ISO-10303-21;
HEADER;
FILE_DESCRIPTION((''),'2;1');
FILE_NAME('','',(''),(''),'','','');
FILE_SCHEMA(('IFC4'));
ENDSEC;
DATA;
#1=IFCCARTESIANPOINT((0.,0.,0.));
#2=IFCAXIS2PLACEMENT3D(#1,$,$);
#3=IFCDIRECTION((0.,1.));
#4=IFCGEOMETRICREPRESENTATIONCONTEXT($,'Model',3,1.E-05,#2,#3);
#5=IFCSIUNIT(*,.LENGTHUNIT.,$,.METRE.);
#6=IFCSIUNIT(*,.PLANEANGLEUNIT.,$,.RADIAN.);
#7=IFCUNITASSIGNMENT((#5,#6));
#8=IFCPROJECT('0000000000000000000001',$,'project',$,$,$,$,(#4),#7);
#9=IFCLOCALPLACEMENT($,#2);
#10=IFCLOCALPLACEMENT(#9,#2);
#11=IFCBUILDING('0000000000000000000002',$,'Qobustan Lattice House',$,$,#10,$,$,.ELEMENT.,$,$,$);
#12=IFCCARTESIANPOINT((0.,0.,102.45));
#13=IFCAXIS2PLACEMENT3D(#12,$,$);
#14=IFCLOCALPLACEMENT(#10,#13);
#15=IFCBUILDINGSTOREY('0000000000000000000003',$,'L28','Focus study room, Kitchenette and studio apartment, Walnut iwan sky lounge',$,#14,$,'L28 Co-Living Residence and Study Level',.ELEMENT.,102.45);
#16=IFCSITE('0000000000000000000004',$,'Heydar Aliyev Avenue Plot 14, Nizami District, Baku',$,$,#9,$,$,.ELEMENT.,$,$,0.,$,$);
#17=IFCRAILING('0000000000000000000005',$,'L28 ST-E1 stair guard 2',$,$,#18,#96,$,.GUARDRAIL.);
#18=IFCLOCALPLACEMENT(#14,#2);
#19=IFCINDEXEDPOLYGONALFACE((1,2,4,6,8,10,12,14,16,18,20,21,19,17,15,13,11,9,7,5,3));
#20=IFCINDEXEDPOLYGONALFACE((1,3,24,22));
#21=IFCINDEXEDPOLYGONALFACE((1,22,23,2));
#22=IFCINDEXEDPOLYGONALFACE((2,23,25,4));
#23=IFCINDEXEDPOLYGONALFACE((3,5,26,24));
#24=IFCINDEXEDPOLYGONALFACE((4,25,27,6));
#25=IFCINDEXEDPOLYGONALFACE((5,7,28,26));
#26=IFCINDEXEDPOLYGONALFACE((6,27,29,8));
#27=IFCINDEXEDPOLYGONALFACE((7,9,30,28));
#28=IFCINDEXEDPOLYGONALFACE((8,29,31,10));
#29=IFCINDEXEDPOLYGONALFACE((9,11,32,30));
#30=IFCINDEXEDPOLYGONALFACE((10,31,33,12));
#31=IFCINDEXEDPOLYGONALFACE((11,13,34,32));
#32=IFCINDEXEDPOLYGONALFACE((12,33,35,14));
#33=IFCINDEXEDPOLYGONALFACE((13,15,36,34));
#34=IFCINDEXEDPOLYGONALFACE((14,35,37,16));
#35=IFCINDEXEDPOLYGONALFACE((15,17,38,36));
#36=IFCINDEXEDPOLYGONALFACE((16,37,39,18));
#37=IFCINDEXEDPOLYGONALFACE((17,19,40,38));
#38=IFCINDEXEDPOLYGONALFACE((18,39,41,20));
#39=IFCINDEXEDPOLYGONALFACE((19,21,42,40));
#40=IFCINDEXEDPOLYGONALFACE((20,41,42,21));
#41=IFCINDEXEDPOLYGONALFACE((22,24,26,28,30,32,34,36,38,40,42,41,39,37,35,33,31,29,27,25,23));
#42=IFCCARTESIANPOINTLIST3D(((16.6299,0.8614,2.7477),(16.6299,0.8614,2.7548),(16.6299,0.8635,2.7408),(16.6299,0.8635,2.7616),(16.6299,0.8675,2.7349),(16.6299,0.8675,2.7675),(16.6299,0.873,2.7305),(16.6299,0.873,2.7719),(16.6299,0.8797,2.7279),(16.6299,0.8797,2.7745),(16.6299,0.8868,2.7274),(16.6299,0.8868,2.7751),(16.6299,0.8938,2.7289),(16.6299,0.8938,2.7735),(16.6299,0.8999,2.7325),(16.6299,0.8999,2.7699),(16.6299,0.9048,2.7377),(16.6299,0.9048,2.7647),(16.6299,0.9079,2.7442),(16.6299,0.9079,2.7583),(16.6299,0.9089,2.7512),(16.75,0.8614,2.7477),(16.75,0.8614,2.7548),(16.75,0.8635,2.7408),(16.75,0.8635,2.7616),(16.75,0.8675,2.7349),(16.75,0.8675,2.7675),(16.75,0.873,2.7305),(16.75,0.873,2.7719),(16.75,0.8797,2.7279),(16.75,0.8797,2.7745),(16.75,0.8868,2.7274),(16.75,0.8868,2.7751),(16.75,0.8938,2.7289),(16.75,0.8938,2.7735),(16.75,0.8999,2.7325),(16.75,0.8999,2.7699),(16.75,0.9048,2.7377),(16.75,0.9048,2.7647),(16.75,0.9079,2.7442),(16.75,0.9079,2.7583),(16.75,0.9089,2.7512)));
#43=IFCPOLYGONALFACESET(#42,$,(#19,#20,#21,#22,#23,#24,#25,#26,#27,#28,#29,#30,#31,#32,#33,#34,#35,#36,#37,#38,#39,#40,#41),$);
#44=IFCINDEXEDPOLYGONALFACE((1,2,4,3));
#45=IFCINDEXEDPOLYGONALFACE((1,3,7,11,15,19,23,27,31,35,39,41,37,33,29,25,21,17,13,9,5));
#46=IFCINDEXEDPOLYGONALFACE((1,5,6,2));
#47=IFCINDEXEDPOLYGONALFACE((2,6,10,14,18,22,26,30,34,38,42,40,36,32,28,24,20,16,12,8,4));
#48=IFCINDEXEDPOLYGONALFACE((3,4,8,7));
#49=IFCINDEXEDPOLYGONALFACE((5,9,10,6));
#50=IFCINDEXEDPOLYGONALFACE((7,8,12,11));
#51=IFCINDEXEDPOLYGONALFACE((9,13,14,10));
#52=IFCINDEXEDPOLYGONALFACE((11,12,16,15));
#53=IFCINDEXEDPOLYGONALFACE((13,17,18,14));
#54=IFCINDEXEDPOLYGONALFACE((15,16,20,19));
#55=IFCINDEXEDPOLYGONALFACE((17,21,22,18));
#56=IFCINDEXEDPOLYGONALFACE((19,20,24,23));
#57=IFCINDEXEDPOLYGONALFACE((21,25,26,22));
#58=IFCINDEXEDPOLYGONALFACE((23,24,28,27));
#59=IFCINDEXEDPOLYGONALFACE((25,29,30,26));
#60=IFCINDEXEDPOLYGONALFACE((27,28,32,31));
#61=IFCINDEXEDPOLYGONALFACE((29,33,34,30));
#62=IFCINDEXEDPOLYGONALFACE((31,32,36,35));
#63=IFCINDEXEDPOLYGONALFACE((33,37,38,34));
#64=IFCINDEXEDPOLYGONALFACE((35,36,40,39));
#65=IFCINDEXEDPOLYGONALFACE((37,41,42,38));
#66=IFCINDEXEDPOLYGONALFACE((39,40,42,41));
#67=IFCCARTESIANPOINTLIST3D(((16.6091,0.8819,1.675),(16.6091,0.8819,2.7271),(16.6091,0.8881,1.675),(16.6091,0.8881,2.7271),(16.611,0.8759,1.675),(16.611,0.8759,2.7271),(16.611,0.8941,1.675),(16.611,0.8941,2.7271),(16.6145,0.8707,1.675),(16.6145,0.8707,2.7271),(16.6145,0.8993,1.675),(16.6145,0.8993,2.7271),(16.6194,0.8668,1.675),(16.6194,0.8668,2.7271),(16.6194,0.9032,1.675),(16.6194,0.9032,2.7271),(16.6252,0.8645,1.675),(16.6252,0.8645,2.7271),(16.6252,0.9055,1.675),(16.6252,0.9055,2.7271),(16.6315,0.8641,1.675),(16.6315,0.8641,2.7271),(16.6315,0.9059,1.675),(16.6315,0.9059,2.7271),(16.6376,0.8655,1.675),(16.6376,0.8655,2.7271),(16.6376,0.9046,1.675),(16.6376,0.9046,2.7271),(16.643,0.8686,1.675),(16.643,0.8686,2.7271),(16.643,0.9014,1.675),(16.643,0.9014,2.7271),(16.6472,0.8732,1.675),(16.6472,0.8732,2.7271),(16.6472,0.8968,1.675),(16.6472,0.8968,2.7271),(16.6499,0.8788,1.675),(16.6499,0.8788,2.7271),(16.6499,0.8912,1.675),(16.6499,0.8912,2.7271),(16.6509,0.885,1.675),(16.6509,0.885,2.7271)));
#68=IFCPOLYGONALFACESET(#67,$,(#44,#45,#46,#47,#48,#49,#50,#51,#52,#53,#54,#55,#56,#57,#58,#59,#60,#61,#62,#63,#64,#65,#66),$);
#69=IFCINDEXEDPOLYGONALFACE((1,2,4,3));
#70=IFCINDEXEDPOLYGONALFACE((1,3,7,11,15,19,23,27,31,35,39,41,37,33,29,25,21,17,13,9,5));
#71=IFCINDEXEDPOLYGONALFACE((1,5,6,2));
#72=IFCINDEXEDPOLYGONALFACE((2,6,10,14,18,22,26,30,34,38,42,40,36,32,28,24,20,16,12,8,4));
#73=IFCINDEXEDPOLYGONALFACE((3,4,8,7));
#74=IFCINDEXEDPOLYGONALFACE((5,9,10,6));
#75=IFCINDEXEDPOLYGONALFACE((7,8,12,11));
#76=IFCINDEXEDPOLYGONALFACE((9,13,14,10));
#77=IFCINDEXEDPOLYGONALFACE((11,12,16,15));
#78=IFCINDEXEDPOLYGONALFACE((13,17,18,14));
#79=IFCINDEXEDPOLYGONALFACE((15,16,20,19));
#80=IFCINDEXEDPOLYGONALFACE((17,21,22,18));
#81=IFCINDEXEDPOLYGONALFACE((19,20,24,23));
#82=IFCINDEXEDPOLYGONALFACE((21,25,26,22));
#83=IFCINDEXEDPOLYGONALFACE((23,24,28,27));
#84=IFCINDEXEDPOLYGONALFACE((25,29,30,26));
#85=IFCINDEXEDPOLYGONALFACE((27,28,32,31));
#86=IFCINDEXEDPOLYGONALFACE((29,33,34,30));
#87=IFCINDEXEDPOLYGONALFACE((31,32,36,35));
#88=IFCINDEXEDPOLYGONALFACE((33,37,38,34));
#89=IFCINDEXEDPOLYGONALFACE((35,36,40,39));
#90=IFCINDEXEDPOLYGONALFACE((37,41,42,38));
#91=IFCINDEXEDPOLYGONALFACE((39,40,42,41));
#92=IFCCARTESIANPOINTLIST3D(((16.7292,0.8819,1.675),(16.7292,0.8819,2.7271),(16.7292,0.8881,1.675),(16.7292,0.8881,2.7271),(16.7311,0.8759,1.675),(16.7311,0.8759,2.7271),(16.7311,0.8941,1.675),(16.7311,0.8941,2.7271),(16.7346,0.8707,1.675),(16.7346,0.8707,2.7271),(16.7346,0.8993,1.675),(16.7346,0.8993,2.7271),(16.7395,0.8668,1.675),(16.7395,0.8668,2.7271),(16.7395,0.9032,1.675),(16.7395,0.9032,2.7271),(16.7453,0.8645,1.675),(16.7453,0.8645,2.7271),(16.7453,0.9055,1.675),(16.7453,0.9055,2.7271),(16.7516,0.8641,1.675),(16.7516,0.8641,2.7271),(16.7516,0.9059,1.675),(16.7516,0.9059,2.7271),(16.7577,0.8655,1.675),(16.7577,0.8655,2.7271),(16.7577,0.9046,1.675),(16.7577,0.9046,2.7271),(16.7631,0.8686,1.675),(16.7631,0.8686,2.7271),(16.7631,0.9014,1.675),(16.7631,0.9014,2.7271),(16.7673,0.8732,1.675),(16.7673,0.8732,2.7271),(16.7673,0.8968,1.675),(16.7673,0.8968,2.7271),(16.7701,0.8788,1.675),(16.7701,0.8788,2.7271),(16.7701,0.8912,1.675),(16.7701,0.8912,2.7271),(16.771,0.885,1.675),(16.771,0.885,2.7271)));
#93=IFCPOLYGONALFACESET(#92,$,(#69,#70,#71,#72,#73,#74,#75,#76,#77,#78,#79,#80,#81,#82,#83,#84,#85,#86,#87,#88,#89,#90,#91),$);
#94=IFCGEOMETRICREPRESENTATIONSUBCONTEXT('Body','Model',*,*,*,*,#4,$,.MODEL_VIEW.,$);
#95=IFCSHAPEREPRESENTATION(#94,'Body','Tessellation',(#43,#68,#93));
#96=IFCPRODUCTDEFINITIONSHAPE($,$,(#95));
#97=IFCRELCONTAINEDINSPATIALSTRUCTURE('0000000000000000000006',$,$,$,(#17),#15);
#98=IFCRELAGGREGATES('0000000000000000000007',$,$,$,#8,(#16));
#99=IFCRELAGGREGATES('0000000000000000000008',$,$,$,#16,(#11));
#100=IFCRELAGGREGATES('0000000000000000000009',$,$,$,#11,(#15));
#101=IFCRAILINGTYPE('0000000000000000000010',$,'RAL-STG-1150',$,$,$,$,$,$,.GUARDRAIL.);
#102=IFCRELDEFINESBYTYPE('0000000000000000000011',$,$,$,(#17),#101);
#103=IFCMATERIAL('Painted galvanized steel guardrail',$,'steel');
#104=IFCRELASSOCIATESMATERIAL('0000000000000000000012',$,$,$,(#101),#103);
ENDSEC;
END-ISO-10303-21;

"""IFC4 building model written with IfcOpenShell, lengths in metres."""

from ifc_helpers import new_model, si_unit, direction, frame, origin, origin_2d, place, context, subcontext, project, spatial, circle, extrude, material, type_object, element, save


model = new_model("IFC4")

# Units and contexts
model_context = context("Model", 3, precision=1e-05, world=origin(), true_north=direction((0.0, 1.0)))
body_context = subcontext(model_context, "Body", "Model", "MODEL_VIEW")
ifc_project = project(units=[si_unit("LENGTHUNIT", "METRE"), si_unit("PLANEANGLEUNIT", "RADIAN")], contexts=[model_context])

# Site, building, storey
site_placement = place(None, origin())
site = spatial("IfcSite", under=ifc_project, at=site_placement, Name="Heydar Aliyev Avenue Plot 14, Nizami District, Baku", CompositionType="ELEMENT", RefElevation=0.0)
building_placement = place(site_placement, origin())
building = spatial("IfcBuilding", under=site, at=building_placement, Name="Qobustan Lattice House", CompositionType="ELEMENT")
storey_placement = place(building_placement, frame((0.0, 0.0, 102.45)))
storey = spatial("IfcBuildingStorey", under=building, at=storey_placement, Name="L28", Description="Focus study room, Kitchenette and studio apartment, Walnut iwan sky lounge", LongName="L28 Co-Living Residence and Study Level", CompositionType="ELEMENT", Elevation=102.45)

# Railing
ifc_material_1 = material(Name="Painted galvanized steel guardrail", Category="steel")
railing_type_1 = type_object("IfcRailingType", Name="RAL-STG-1150", PredefinedType="GUARDRAIL", material=ifc_material_1)
railing_1_placement = place(storey_placement, frame((16.6299, 0.885, 1.675)))
element("IfcRailing", 1, at=railing_1_placement, inside=storey, type_object=railing_type_1, Name="L28 ST-E1 stair guard 2", PredefinedType="GUARDRAIL", context=body_context, shape_type="SweptSolid", body=[
    extrude(circle(Radius=0.0239, at=origin_2d()), frame((0.0, 0.0, 1.0762), z_axis=(1.0, 0.0, 0.0), x_axis=(0.0, 1.0, 0.0)), (0.0, 0.0, 1.0), 0.1201),
    extrude(circle(Radius=0.021, at=origin_2d()), origin(), (0.0, 0.0, 1.0), 1.052),
    extrude(circle(Radius=0.021, at=origin_2d()), frame((0.1201, 0.0, 0.0)), (0.0, 0.0, 1.0), 1.052),
])

save(model, "model.ifc")
